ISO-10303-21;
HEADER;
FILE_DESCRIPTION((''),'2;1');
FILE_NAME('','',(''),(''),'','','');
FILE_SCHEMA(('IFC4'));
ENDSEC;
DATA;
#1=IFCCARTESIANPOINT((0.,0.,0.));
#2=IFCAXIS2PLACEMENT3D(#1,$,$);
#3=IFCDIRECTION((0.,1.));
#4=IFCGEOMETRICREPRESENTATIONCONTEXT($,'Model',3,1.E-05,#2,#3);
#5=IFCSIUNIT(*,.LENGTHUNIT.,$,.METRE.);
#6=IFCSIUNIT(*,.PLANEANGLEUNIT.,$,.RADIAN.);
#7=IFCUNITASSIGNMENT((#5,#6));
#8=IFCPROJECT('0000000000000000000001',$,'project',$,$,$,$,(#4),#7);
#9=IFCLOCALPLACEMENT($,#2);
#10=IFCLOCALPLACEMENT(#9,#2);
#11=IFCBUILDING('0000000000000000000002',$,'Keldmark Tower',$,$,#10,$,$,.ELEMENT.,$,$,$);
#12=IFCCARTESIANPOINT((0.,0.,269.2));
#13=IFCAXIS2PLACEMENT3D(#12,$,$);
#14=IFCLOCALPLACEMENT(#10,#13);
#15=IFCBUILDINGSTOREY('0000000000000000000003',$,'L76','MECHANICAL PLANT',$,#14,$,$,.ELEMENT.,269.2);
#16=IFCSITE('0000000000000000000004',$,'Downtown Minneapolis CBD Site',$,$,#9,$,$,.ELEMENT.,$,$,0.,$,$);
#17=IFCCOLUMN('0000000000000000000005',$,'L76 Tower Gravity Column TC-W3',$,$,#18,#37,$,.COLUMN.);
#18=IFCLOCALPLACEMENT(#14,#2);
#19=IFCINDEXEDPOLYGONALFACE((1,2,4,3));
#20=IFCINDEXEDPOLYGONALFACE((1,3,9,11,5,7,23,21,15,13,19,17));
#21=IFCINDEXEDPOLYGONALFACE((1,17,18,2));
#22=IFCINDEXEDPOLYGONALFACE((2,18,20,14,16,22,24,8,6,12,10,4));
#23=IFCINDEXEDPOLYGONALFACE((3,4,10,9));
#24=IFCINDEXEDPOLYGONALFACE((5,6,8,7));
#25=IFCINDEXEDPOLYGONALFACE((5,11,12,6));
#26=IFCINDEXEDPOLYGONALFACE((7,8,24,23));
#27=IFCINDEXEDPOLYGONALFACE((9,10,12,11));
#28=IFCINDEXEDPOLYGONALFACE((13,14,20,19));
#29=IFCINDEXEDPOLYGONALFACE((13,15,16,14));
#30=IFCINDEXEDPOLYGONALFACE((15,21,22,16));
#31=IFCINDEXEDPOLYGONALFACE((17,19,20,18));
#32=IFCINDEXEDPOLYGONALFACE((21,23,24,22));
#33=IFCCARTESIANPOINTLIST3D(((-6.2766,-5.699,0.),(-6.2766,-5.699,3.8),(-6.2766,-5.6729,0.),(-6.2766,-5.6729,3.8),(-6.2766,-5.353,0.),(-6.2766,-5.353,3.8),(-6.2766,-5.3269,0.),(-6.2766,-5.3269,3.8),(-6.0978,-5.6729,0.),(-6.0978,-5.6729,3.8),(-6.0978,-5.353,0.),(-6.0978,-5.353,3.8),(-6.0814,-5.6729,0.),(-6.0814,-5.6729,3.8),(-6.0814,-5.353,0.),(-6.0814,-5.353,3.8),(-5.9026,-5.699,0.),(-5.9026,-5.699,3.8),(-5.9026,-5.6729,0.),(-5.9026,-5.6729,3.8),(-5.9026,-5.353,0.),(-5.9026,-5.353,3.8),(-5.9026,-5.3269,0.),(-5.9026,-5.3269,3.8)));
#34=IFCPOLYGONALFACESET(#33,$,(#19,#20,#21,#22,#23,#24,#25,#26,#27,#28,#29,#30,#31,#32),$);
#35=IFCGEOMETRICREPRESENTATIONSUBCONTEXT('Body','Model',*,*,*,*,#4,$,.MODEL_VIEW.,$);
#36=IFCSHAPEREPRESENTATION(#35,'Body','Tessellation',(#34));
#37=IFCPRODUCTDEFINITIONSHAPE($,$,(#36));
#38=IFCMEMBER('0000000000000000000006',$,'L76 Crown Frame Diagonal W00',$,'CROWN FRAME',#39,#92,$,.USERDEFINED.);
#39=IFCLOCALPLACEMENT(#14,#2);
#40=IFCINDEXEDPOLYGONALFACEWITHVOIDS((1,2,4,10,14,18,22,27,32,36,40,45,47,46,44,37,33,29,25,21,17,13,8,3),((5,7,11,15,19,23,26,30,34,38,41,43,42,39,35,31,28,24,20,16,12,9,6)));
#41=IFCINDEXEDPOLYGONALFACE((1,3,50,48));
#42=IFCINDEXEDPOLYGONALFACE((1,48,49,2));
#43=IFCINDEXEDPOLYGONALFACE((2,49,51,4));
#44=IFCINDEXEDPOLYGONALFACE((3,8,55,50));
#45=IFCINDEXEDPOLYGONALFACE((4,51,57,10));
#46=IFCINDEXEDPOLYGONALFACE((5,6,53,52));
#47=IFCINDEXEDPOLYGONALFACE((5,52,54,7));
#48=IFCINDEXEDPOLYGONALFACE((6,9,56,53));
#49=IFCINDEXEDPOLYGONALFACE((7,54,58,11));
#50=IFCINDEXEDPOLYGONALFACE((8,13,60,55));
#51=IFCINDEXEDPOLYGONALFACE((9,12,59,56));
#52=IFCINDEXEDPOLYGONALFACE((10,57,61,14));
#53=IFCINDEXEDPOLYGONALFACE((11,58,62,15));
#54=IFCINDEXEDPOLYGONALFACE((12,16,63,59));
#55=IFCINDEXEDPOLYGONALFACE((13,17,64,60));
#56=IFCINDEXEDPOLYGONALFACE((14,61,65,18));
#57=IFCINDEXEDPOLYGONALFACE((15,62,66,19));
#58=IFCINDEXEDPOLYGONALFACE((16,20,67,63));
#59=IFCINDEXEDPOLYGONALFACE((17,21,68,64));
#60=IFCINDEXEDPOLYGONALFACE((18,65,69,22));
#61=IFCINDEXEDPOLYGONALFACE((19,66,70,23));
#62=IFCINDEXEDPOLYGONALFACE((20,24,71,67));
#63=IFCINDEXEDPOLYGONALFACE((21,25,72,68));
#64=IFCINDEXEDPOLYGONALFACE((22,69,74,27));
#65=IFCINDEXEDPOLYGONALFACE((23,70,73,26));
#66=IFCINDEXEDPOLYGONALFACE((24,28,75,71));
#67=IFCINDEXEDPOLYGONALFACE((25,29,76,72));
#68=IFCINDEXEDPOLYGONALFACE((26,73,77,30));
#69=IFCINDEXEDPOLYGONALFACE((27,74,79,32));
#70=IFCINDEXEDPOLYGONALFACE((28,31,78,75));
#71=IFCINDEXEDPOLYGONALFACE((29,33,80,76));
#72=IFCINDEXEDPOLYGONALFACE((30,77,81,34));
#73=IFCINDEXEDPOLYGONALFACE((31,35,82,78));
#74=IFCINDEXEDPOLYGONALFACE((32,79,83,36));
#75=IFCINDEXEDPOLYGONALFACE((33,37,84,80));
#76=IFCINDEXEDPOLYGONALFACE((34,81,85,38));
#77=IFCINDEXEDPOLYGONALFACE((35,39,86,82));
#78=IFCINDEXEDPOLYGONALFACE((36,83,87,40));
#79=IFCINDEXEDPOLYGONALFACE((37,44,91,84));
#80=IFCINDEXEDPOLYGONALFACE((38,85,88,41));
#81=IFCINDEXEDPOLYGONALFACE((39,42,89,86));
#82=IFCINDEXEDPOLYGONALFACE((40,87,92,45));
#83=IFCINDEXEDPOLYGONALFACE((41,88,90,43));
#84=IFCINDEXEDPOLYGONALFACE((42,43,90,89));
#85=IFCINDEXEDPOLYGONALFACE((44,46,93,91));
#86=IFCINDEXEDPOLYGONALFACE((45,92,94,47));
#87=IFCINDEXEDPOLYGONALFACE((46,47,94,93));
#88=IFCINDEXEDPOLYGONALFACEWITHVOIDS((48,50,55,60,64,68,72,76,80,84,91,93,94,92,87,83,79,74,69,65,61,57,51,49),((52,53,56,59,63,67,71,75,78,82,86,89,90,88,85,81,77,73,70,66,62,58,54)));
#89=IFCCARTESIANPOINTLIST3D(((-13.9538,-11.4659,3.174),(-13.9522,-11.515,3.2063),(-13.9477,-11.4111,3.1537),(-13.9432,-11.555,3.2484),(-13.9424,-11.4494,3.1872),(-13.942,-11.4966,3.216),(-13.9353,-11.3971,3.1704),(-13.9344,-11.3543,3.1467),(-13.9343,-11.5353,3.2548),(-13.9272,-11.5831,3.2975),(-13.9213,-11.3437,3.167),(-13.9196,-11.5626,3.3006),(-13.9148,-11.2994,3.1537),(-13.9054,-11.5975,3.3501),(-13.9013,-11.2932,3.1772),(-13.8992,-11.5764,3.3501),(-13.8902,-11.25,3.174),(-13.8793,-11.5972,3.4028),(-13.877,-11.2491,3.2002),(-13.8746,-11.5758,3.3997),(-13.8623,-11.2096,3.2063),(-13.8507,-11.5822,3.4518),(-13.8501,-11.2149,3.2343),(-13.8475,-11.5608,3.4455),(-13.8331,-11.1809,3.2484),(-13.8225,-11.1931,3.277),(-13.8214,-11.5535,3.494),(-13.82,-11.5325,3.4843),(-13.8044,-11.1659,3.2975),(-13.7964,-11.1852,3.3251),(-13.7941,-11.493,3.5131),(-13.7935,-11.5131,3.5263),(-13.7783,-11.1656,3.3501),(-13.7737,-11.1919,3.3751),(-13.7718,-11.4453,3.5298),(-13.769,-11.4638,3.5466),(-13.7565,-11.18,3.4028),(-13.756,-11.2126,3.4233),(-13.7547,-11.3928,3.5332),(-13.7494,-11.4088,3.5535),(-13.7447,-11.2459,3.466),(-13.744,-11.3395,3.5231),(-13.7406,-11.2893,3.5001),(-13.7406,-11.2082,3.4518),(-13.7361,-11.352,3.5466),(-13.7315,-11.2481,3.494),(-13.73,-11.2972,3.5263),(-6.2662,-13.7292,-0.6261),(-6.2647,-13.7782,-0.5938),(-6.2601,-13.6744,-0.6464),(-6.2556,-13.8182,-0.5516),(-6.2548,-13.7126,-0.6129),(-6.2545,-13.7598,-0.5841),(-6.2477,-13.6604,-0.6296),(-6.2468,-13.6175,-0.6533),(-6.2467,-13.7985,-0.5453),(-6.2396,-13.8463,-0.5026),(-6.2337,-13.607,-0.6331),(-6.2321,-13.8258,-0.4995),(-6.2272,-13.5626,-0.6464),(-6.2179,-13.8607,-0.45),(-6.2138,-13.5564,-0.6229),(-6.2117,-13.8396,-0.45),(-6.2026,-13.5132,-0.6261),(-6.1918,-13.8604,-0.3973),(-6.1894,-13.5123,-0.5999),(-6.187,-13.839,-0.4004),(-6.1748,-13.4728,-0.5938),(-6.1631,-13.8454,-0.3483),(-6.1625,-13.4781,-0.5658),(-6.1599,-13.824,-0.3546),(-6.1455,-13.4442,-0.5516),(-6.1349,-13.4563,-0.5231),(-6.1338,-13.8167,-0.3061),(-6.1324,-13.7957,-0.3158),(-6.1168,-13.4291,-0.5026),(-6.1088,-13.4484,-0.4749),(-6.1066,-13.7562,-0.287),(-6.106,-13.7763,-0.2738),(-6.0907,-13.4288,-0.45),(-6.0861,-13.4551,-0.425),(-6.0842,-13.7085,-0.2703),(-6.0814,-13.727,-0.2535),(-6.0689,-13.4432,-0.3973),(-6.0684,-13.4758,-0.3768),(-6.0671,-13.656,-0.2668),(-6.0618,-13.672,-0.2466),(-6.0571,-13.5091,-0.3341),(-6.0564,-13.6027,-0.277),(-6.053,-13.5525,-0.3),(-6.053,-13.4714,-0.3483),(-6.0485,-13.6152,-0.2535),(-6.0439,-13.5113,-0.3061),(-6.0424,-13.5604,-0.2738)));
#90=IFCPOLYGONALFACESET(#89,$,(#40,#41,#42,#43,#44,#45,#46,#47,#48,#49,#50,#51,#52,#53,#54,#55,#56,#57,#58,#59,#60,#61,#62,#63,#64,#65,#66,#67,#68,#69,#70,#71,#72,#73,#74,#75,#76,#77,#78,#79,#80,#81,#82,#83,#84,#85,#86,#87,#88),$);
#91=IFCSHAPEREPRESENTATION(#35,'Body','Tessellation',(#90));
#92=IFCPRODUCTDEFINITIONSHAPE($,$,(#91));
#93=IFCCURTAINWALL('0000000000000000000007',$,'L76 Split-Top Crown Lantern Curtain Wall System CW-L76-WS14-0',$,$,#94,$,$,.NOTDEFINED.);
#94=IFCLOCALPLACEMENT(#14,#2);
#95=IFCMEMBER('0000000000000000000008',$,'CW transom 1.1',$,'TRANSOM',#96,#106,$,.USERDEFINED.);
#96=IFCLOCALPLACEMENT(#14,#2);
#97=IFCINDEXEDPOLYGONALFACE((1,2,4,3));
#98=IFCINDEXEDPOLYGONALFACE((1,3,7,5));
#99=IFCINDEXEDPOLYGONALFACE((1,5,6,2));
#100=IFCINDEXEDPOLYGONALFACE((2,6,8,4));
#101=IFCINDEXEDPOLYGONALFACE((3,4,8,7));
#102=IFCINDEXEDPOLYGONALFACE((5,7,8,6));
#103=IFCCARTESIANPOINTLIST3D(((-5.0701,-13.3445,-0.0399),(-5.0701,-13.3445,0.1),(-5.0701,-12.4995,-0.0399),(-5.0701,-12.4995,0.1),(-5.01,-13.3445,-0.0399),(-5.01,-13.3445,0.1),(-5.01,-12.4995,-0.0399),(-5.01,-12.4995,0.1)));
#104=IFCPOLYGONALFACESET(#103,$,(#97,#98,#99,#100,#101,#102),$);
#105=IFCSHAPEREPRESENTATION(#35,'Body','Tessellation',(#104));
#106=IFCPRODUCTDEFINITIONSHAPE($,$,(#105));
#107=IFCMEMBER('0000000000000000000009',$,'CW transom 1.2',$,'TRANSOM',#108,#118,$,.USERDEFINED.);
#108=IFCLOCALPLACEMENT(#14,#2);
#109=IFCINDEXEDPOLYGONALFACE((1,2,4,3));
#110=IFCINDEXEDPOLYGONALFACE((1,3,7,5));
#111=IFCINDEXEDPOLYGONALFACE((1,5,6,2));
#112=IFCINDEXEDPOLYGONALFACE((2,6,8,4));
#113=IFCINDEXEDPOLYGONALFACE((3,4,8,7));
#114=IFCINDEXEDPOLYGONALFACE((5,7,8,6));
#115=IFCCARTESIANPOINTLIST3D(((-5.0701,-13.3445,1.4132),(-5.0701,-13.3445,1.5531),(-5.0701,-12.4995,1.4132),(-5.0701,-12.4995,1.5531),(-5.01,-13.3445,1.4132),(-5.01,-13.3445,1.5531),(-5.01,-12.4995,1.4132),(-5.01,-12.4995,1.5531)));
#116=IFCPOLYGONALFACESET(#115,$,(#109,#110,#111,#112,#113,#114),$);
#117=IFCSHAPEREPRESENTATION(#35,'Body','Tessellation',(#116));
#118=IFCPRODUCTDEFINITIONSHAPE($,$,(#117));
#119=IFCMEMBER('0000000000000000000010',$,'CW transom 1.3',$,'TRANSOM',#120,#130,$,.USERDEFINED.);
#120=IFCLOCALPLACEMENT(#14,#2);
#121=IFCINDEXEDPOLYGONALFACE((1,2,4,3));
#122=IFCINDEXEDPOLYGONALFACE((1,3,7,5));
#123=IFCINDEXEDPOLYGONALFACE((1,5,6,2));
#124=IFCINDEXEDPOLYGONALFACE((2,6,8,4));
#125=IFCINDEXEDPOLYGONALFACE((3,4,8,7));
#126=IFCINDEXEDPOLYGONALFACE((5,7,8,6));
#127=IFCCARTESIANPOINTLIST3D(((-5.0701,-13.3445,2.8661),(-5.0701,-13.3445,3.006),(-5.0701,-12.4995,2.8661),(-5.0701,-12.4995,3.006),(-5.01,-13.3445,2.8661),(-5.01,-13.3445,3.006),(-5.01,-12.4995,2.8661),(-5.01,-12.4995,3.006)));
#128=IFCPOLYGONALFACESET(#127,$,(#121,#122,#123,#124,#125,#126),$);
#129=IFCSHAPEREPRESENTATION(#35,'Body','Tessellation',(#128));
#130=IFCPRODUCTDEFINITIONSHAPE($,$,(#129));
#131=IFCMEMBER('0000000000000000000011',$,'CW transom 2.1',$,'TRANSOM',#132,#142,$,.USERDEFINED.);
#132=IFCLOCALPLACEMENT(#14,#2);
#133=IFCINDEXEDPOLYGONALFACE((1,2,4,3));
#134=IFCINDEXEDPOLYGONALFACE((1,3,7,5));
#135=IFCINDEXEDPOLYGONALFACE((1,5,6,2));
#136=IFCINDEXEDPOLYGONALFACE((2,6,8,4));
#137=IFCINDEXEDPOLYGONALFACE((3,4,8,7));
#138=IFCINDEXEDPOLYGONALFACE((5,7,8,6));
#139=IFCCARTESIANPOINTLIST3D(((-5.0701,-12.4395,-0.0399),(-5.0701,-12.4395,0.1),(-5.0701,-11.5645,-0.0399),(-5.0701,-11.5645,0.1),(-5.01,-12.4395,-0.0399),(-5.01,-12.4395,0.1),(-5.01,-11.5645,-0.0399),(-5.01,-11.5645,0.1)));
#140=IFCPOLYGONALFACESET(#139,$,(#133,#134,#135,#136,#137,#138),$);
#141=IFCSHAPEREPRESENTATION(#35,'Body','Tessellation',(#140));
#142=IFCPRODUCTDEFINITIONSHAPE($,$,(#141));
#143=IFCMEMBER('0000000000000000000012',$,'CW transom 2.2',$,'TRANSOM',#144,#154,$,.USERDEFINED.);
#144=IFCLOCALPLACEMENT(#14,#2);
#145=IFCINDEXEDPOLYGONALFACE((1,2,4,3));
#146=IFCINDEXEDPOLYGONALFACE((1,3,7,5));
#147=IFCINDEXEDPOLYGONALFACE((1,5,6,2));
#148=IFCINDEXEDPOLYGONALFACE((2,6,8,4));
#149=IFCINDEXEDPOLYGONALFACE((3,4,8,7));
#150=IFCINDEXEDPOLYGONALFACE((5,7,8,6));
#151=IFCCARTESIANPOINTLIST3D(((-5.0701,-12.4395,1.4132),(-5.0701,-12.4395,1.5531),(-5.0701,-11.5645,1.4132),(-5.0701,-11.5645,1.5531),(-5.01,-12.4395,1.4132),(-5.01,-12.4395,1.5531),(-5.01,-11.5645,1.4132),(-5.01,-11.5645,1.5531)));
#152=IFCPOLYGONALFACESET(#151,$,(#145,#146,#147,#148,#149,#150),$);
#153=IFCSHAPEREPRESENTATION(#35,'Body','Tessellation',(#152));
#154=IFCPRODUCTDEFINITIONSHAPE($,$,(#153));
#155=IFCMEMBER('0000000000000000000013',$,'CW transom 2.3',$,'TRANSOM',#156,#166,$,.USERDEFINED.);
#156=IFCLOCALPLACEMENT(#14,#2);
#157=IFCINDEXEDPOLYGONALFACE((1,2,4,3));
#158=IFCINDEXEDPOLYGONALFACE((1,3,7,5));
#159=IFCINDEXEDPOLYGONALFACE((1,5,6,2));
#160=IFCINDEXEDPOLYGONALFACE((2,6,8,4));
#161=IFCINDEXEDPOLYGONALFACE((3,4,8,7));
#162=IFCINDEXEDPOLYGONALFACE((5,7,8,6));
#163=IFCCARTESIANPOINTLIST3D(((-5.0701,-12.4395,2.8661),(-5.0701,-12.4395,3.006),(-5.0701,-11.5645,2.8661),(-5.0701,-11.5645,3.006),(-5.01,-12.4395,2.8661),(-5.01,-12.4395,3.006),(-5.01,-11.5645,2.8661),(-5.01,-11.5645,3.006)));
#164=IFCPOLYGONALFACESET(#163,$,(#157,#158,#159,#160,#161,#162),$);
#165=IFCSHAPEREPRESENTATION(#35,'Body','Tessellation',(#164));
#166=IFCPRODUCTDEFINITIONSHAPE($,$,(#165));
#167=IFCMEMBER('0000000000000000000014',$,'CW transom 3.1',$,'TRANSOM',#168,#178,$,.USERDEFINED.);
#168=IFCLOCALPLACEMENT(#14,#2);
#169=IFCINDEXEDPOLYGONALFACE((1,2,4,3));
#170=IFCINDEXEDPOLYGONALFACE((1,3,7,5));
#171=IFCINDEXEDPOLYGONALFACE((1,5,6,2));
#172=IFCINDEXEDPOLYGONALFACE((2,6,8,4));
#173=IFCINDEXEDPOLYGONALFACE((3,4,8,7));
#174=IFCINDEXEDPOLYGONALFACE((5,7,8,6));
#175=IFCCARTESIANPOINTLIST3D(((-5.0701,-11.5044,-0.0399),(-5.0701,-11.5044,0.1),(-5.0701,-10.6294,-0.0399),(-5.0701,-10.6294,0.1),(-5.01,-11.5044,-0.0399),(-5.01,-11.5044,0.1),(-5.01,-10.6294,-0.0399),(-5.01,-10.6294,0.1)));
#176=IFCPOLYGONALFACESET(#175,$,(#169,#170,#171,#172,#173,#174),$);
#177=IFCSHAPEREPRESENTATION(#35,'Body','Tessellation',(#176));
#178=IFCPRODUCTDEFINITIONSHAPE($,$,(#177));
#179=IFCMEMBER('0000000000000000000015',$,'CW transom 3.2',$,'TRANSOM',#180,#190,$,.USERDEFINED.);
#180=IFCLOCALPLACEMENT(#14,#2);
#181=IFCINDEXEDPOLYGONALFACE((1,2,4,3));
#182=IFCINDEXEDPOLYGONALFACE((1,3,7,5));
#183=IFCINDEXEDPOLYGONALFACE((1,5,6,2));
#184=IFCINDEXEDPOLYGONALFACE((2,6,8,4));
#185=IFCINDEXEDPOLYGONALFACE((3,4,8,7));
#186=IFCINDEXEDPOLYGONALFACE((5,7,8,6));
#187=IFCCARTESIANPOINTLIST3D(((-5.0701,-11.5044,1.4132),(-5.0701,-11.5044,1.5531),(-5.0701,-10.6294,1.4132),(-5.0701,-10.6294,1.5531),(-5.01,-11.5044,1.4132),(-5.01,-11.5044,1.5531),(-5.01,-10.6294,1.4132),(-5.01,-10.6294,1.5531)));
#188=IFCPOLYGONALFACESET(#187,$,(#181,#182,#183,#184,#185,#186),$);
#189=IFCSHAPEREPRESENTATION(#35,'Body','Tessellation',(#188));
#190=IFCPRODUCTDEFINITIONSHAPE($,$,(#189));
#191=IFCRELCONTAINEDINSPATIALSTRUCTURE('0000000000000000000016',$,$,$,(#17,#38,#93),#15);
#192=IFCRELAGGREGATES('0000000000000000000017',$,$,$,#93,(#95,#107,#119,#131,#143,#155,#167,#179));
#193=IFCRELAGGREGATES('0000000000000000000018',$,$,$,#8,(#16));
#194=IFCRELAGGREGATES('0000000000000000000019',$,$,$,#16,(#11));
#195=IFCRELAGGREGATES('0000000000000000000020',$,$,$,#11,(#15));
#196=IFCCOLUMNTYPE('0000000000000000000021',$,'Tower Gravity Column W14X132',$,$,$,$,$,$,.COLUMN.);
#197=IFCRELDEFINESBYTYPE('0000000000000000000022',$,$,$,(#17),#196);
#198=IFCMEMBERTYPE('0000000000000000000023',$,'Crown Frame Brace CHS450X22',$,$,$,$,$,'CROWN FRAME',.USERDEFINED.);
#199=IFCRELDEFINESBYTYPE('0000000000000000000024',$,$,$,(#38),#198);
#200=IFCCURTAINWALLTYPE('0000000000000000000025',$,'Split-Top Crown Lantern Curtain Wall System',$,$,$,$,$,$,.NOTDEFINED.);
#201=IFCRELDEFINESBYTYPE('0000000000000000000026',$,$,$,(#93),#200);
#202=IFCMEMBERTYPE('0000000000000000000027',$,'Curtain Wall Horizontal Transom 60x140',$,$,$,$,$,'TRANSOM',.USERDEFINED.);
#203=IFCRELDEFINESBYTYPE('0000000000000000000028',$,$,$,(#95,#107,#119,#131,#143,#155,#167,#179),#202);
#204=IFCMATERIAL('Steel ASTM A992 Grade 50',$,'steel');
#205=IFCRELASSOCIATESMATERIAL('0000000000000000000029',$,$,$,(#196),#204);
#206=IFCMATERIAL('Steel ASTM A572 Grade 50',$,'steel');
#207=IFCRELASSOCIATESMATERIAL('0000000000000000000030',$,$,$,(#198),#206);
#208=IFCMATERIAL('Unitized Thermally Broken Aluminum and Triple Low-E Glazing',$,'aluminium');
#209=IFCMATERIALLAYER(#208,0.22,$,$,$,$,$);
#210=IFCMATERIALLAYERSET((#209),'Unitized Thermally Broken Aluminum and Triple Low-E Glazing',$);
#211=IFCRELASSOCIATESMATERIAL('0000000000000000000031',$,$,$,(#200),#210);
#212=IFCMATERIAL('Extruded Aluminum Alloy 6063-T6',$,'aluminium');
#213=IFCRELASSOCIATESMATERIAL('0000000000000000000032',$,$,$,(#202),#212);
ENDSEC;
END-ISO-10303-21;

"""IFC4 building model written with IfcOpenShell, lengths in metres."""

from ifc_helpers import new_model, si_unit, direction, frame, origin, origin_2d, place, context, subcontext, project, spatial, rectangle, hollow_circle, i_section, extrude, material, layer, layer_set, material_profile, profile_set, type_object, element, aggregate, save


model = new_model("IFC4")

# Units and contexts
model_context = context("Model", 3, precision=1e-05, world=origin(), true_north=direction((0.0, 1.0)))
body_context = subcontext(model_context, "Body", "Model", "MODEL_VIEW")
ifc_project = project(units=[si_unit("LENGTHUNIT", "METRE"), si_unit("PLANEANGLEUNIT", "RADIAN")], contexts=[model_context])

# Site, building, storey
site_placement = place(None, origin())
site = spatial("IfcSite", under=ifc_project, at=site_placement, Name="Downtown Minneapolis CBD Site", CompositionType="ELEMENT", RefElevation=0.0)
building_placement = place(site_placement, origin())
building = spatial("IfcBuilding", under=site, at=building_placement, Name="Keldmark Tower", CompositionType="ELEMENT")
storey_placement = place(building_placement, frame((0.0, 0.0, 269.2)))
storey = spatial("IfcBuildingStorey", under=building, at=storey_placement, Name="L76", Description="MECHANICAL PLANT", CompositionType="ELEMENT", Elevation=269.2)

# Column
ifc_material_1 = material(Name="Steel ASTM A992 Grade 50", Category="steel")
ifc_material_profile_1 = material_profile(ifc_material_1, i_section(OverallWidth=0.374, OverallDepth=0.3721, WebThickness=0.0164, FlangeThickness=0.0261, at=origin_2d()), Name="W14X132")
ifc_profile_set_1 = profile_set([ifc_material_profile_1], Name="Steel ASTM A992 Grade 50")
column_type = type_object("IfcColumnType", Name="Tower Gravity Column W14X132", PredefinedType="COLUMN", material=ifc_profile_set_1)
column_placement = place(storey_placement, frame((-6.0896, -5.5129, 0.0), z_axis=(0.0, 0.0, 1.0), x_axis=(1.0, 0.0, 0.0)))
element("IfcColumn", 1, at=column_placement, inside=storey, type_object=column_type, Name="L76 Tower Gravity Column TC-W3", PredefinedType="COLUMN", context=body_context, shape_type="SweptSolid", body=[
    extrude(i_section(OverallWidth=0.374, OverallDepth=0.3721, WebThickness=0.0164, FlangeThickness=0.0261, at=origin_2d()), origin(), (0.0, 0.0, 1.0), 3.8),
])

# Member
ifc_material_2 = material(Name="Steel ASTM A572 Grade 50", Category="steel")
ifc_material_profile_2 = material_profile(ifc_material_2, hollow_circle(Radius=0.2251, WallThickness=0.022, at=origin_2d()), Name="CHS450X22")
ifc_profile_set_2 = profile_set([ifc_material_profile_2], Name="Steel ASTM A572 Grade 50")
member_type_1 = type_object("IfcMemberType", Name="Crown Frame Brace CHS450X22", ElementType="CROWN FRAME", PredefinedType="USERDEFINED", material=ifc_profile_set_2)
member_1_placement = place(storey_placement, frame((-6.1543, -13.6448, -0.45), z_axis=(-0.866778, 0.255178, 0.428462), x_axis=(-0.282414, -0.959293, 0.0)))
element("IfcMember", 2, at=member_1_placement, inside=storey, type_object=member_type_1, Name="L76 Crown Frame Diagonal W00", ObjectType="CROWN FRAME", PredefinedType="USERDEFINED", context=body_context, shape_type="SweptSolid", body=[
    extrude(hollow_circle(Radius=0.2251, WallThickness=0.022, at=origin_2d()), origin(), (0.0, 0.0, 1.0), 8.8691),
])

# Curtain wall, members
ifc_material_3 = material(Name="Unitized Thermally Broken Aluminum and Triple Low-E Glazing", Category="aluminium")
ifc_layer_1 = layer(ifc_material_3, 0.22)
ifc_layer_set_1 = layer_set([ifc_layer_1], Name="Unitized Thermally Broken Aluminum and Triple Low-E Glazing")
curtain_wall_type = type_object("IfcCurtainWallType", Name="Split-Top Crown Lantern Curtain Wall System", PredefinedType="NOTDEFINED", material=ifc_layer_set_1)
curtain_wall_placement = place(storey_placement, origin())
curtain_wall = element("IfcCurtainWall", 3, at=curtain_wall_placement, inside=storey, type_object=curtain_wall_type, Name="L76 Split-Top Crown Lantern Curtain Wall System CW-L76-WS14-0", PredefinedType="NOTDEFINED")
ifc_material_4 = material(Name="Extruded Aluminum Alloy 6063-T6", Category="aluminium")
ifc_material_profile_3 = material_profile(ifc_material_4, rectangle(XDim=0.0601, YDim=0.1399, at=origin_2d()), Name="CWT60X140")
ifc_profile_set_3 = profile_set([ifc_material_profile_3], Name="Extruded Aluminum Alloy 6063-T6")
member_type_2 = type_object("IfcMemberType", Name="Curtain Wall Horizontal Transom 60x140", ElementType="TRANSOM", PredefinedType="USERDEFINED", material=ifc_profile_set_3)
member_2_placement = place(storey_placement, frame((-5.04, -13.3445, 0.03), z_axis=(0.0, 1.0, 0.0), x_axis=(-1.0, 0.0, 0.0)))
member_2 = element("IfcMember", 4, at=member_2_placement, type_object=member_type_2, Name="CW transom 1.1", ObjectType="TRANSOM", PredefinedType="USERDEFINED", context=body_context, shape_type="SweptSolid", body=[
    extrude(rectangle(XDim=0.0601, YDim=0.1399, at=origin_2d()), origin(), (0.0, 0.0, 1.0), 0.845),
])
member_3_placement = place(storey_placement, frame((-5.04, -13.3445, 1.4832), z_axis=(0.0, 1.0, 0.0), x_axis=(-1.0, 0.0, 0.0)))
member_3 = element("IfcMember", 5, at=member_3_placement, type_object=member_type_2, Name="CW transom 1.2", ObjectType="TRANSOM", PredefinedType="USERDEFINED", context=body_context, shape_type="SweptSolid", body=[
    extrude(rectangle(XDim=0.0601, YDim=0.1399, at=origin_2d()), origin(), (0.0, 0.0, 1.0), 0.845),
])
member_4_placement = place(storey_placement, frame((-5.04, -13.3445, 2.936), z_axis=(0.0, 1.0, 0.0), x_axis=(-1.0, 0.0, 0.0)))
member_4 = element("IfcMember", 6, at=member_4_placement, type_object=member_type_2, Name="CW transom 1.3", ObjectType="TRANSOM", PredefinedType="USERDEFINED", context=body_context, shape_type="SweptSolid", body=[
    extrude(rectangle(XDim=0.0601, YDim=0.1399, at=origin_2d()), origin(), (0.0, 0.0, 1.0), 0.845),
])
member_5_placement = place(storey_placement, frame((-5.04, -12.4395, 0.03), z_axis=(0.0, 1.0, 0.0), x_axis=(-1.0, 0.0, 0.0)))
member_5 = element("IfcMember", 7, at=member_5_placement, type_object=member_type_2, Name="CW transom 2.1", ObjectType="TRANSOM", PredefinedType="USERDEFINED", context=body_context, shape_type="SweptSolid", body=[
    extrude(rectangle(XDim=0.0601, YDim=0.1399, at=origin_2d()), origin(), (0.0, 0.0, 1.0), 0.875),
])
member_6_placement = place(storey_placement, frame((-5.04, -12.4395, 1.4832), z_axis=(0.0, 1.0, 0.0), x_axis=(-1.0, 0.0, 0.0)))
member_6 = element("IfcMember", 8, at=member_6_placement, type_object=member_type_2, Name="CW transom 2.2", ObjectType="TRANSOM", PredefinedType="USERDEFINED", context=body_context, shape_type="SweptSolid", body=[
    extrude(rectangle(XDim=0.0601, YDim=0.1399, at=origin_2d()), origin(), (0.0, 0.0, 1.0), 0.875),
])
member_7_placement = place(storey_placement, frame((-5.04, -12.4395, 2.936), z_axis=(0.0, 1.0, 0.0), x_axis=(-1.0, 0.0, 0.0)))
member_7 = element("IfcMember", 9, at=member_7_placement, type_object=member_type_2, Name="CW transom 2.3", ObjectType="TRANSOM", PredefinedType="USERDEFINED", context=body_context, shape_type="SweptSolid", body=[
    extrude(rectangle(XDim=0.0601, YDim=0.1399, at=origin_2d()), origin(), (0.0, 0.0, 1.0), 0.875),
])
member_8_placement = place(storey_placement, frame((-5.04, -11.5044, 0.03), z_axis=(0.0, 1.0, 0.0), x_axis=(-1.0, 0.0, 0.0)))
member_8 = element("IfcMember", 10, at=member_8_placement, type_object=member_type_2, Name="CW transom 3.1", ObjectType="TRANSOM", PredefinedType="USERDEFINED", context=body_context, shape_type="SweptSolid", body=[
    extrude(rectangle(XDim=0.0601, YDim=0.1399, at=origin_2d()), origin(), (0.0, 0.0, 1.0), 0.875),
])
member_9_placement = place(storey_placement, frame((-5.04, -11.5044, 1.4832), z_axis=(0.0, 1.0, 0.0), x_axis=(-1.0, 0.0, 0.0)))
member_9 = element("IfcMember", 11, at=member_9_placement, type_object=member_type_2, Name="CW transom 3.2", ObjectType="TRANSOM", PredefinedType="USERDEFINED", context=body_context, shape_type="SweptSolid", body=[
    extrude(rectangle(XDim=0.0601, YDim=0.1399, at=origin_2d()), origin(), (0.0, 0.0, 1.0), 0.875),
])

aggregate(curtain_wall, [member_2, member_3, member_4, member_5, member_6, member_7, member_8, member_9])

save(model, "model.ifc")
